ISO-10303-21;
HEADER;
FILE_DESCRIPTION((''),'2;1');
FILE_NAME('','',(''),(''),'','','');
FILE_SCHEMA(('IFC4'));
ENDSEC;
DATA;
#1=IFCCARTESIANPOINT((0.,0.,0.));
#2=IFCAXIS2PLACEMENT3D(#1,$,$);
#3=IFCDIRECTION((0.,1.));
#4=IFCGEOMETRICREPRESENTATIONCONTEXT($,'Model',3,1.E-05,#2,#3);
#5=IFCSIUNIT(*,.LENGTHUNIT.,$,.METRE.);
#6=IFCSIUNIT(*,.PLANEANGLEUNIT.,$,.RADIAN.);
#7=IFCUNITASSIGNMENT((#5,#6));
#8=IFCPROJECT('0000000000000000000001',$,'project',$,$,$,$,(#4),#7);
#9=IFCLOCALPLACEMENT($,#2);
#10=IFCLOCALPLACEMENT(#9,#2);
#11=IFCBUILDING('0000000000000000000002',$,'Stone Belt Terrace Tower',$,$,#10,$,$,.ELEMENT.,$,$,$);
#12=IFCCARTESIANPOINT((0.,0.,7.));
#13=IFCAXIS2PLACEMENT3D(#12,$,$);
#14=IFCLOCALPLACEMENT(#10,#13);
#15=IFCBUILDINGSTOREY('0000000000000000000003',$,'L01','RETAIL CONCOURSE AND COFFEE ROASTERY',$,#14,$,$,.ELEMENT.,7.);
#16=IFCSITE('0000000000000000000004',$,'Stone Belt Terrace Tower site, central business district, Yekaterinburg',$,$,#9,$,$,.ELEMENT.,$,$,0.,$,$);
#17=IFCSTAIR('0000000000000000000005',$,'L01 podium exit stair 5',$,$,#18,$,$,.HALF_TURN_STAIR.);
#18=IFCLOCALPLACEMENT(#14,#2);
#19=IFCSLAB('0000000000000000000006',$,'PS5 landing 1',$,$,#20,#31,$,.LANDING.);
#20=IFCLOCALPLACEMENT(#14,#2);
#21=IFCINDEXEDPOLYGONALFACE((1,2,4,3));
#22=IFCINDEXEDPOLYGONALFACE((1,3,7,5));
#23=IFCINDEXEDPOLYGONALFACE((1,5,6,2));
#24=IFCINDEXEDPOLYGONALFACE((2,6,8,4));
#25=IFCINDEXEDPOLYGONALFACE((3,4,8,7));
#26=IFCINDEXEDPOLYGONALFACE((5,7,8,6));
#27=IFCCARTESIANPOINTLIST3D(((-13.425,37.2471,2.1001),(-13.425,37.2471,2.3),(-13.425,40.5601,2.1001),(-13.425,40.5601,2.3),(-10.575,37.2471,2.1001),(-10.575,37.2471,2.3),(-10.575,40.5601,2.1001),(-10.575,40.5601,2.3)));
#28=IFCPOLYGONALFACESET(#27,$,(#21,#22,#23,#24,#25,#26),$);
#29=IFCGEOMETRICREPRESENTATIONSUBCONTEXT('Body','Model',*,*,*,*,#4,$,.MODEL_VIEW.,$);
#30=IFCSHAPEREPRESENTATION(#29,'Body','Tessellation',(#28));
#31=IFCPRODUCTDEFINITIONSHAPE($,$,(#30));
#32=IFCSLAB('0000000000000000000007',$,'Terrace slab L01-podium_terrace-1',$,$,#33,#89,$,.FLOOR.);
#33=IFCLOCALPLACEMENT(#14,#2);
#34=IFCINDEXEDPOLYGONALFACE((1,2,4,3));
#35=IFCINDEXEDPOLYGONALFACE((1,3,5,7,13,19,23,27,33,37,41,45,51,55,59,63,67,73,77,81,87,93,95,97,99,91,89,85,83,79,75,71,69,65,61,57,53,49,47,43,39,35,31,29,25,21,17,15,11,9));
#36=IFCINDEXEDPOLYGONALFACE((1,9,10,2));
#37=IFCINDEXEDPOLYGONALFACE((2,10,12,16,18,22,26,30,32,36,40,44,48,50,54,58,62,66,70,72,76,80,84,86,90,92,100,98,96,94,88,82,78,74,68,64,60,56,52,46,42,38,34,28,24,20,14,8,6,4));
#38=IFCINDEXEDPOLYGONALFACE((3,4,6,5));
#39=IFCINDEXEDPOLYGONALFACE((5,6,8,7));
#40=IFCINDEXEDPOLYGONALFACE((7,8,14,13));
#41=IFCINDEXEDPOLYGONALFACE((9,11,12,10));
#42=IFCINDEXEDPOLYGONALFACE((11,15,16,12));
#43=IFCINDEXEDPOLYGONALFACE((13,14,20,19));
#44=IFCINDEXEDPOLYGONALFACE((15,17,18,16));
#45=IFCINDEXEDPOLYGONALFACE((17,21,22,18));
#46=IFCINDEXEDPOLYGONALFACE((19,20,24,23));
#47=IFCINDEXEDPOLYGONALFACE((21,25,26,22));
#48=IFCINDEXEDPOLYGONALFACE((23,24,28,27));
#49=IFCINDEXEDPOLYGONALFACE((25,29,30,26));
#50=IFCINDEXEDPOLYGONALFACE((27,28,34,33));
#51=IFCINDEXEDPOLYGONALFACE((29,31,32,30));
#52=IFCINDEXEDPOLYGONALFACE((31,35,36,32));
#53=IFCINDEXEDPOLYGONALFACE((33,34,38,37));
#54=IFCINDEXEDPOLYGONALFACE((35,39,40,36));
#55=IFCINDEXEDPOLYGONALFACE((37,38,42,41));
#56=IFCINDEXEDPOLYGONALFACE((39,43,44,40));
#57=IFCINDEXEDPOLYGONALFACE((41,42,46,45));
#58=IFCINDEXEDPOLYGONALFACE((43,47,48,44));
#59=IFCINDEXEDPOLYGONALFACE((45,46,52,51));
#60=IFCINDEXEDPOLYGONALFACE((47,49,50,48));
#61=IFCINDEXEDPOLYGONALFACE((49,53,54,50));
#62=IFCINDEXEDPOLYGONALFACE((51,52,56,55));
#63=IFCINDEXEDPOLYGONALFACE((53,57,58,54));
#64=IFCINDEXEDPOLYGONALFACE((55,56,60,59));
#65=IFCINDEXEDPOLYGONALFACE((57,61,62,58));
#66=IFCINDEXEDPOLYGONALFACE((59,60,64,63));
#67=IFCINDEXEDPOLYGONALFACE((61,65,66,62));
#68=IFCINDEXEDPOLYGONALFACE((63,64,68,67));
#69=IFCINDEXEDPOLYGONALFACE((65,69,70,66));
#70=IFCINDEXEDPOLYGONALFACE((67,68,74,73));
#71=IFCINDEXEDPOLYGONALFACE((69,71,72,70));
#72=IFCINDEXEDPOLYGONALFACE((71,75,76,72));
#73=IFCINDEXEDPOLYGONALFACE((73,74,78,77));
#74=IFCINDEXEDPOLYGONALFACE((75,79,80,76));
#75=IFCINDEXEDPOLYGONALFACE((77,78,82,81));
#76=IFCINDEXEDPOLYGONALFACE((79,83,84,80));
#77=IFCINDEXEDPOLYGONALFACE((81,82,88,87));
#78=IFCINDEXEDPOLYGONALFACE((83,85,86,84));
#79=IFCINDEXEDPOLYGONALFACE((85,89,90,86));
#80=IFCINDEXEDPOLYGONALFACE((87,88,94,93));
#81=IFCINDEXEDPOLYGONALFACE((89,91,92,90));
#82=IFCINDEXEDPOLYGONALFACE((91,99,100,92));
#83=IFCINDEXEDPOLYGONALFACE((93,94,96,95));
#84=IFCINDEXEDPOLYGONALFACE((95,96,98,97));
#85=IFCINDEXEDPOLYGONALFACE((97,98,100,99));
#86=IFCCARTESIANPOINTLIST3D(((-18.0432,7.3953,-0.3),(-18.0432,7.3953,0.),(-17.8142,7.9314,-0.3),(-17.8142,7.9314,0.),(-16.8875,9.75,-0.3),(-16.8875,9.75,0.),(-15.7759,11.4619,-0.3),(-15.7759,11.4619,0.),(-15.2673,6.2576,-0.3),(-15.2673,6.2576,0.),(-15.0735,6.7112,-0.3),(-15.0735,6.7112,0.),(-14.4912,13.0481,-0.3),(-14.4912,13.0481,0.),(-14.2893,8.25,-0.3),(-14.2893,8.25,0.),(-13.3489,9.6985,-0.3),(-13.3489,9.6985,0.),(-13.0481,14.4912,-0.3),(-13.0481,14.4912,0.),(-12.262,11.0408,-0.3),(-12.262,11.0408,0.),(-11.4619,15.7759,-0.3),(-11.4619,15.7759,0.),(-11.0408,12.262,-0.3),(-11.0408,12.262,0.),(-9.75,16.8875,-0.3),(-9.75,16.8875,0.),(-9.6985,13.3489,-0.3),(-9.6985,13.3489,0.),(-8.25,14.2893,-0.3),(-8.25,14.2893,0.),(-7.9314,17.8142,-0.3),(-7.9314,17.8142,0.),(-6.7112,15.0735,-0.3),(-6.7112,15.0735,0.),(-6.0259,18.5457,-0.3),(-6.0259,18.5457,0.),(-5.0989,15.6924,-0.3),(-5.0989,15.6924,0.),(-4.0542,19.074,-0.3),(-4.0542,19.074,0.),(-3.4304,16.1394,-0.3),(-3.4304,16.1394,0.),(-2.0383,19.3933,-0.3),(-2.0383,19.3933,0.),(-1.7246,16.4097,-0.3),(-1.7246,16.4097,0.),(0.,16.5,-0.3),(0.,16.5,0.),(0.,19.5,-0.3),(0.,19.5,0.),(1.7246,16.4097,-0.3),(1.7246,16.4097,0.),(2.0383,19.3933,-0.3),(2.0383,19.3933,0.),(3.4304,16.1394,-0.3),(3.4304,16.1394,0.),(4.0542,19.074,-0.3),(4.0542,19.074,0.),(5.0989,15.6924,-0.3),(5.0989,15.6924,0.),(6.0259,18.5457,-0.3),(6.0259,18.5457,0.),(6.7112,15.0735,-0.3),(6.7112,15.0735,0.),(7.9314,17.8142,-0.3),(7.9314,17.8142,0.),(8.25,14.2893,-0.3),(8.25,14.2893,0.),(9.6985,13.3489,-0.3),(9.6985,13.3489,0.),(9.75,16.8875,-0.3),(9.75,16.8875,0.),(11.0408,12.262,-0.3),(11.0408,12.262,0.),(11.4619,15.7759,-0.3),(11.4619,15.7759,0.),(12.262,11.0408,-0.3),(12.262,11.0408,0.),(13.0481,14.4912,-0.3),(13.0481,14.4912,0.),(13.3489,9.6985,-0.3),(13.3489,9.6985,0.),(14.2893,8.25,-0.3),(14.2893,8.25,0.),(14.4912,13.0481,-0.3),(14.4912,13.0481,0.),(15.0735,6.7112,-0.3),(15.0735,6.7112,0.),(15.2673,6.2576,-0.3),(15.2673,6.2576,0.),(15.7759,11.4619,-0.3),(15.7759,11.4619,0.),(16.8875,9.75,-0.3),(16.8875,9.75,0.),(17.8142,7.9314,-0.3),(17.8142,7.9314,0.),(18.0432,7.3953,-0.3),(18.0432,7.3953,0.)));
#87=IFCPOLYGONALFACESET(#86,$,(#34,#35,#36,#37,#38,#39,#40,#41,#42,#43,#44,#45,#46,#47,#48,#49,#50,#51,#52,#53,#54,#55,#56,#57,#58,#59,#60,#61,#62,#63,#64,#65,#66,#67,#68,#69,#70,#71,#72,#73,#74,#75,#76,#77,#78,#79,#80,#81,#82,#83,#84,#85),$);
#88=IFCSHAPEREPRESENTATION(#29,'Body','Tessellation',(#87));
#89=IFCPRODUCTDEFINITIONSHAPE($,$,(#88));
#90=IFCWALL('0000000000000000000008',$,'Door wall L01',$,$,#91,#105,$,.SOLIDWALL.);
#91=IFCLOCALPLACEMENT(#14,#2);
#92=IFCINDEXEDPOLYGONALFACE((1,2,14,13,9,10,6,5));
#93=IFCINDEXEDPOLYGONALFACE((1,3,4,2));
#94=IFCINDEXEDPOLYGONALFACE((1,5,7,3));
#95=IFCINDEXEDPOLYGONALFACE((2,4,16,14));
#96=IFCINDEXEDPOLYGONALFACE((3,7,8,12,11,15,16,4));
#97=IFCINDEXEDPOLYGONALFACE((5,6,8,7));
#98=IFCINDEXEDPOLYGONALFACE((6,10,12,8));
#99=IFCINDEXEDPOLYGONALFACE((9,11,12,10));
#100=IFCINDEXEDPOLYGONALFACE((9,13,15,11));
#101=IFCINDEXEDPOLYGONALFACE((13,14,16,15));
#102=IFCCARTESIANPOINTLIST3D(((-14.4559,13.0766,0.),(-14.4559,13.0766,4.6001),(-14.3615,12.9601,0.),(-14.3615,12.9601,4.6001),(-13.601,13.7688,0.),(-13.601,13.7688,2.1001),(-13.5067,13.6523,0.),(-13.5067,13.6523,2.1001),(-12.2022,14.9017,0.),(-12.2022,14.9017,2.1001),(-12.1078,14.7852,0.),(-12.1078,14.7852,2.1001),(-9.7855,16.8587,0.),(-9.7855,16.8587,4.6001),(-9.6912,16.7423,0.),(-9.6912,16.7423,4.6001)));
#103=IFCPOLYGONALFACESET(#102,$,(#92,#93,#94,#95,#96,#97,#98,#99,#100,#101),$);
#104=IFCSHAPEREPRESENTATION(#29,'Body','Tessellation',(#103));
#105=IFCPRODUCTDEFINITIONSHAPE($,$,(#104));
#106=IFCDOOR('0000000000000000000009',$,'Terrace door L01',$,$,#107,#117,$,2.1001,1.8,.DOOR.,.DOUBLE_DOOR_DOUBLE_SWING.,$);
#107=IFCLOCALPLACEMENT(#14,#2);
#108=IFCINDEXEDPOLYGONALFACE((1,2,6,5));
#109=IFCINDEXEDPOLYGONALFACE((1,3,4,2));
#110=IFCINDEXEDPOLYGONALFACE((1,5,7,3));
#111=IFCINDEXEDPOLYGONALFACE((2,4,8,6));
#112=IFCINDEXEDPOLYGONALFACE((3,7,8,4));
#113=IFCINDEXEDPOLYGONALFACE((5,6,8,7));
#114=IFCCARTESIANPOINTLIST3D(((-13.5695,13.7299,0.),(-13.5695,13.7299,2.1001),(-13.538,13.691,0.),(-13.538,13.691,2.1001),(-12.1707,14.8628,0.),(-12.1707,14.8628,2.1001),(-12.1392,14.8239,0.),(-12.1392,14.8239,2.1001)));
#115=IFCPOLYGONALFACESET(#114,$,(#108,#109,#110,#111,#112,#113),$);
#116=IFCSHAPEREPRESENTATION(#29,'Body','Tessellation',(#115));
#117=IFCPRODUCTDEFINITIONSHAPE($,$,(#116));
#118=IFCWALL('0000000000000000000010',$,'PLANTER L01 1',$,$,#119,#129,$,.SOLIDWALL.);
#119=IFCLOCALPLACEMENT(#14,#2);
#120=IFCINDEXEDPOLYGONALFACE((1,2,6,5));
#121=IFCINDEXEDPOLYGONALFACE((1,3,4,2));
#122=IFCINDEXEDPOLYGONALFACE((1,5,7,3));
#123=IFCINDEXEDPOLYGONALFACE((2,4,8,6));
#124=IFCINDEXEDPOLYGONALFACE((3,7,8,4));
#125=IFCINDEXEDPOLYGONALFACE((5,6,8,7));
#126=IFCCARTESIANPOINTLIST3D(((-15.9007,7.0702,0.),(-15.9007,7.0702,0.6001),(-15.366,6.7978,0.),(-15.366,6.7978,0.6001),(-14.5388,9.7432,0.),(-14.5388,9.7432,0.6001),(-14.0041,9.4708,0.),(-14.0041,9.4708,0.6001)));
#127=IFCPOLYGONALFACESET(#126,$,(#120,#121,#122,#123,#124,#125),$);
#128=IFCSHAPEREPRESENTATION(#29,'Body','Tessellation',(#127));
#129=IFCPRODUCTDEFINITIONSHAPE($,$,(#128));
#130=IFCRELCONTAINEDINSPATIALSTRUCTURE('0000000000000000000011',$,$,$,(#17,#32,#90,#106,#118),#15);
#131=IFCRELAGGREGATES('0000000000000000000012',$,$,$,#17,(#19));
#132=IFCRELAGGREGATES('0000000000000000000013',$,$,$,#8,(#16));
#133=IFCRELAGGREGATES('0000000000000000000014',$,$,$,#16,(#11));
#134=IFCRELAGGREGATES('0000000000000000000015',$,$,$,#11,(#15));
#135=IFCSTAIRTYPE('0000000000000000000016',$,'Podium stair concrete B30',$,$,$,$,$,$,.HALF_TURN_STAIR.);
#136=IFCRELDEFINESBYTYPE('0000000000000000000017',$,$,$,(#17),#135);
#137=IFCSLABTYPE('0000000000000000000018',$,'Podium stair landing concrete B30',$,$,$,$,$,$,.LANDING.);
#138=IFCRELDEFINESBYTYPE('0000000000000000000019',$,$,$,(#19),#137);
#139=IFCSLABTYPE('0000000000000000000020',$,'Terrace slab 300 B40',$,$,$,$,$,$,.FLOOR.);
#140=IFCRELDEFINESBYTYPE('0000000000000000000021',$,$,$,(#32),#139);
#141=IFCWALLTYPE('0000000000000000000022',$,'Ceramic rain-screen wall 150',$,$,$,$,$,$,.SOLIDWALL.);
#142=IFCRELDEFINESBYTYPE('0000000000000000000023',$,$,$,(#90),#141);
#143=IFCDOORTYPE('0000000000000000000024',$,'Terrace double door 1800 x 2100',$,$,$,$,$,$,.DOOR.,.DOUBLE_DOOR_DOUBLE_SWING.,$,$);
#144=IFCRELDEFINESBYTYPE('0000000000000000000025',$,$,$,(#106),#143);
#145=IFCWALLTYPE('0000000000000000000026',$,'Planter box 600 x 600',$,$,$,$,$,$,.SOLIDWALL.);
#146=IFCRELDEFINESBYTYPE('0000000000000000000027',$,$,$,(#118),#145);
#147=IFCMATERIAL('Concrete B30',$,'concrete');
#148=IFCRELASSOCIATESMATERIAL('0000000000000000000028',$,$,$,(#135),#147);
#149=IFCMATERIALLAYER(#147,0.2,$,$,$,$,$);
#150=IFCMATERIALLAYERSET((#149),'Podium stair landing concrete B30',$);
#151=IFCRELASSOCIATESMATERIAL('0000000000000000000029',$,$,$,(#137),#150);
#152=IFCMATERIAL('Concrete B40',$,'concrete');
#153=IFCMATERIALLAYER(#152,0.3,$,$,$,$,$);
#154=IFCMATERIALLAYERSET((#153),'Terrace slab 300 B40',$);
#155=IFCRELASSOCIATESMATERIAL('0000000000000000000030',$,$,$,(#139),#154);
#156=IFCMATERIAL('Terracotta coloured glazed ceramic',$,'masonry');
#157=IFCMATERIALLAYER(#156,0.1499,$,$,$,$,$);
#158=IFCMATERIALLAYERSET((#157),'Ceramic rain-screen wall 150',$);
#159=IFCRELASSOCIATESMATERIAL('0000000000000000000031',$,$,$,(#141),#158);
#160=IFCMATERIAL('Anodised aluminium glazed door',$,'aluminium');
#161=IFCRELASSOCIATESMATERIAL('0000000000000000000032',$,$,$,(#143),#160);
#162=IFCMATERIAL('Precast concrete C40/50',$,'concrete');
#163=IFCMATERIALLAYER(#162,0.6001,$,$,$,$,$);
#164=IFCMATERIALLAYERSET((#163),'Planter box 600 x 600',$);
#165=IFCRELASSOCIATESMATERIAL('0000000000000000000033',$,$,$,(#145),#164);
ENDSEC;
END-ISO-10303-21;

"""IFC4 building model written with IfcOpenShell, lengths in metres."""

from ifc_helpers import new_model, si_unit, direction, frame, frame_2d, origin, origin_2d, place, context, subcontext, project, spatial, polyline, rectangle, outline, extrude, material, layer, layer_set, type_object, element, fill, aggregate, save


model = new_model("IFC4")

# Units and contexts
model_context = context("Model", 3, precision=1e-05, world=origin(), true_north=direction((0.0, 1.0)))
body_context = subcontext(model_context, "Body", "Model", "MODEL_VIEW")
ifc_project = project(units=[si_unit("LENGTHUNIT", "METRE"), si_unit("PLANEANGLEUNIT", "RADIAN")], contexts=[model_context])

# Site, building, storey
site_placement = place(None, origin())
site = spatial("IfcSite", under=ifc_project, at=site_placement, Name="Stone Belt Terrace Tower site, central business district, Yekaterinburg", CompositionType="ELEMENT", RefElevation=0.0)
building_placement = place(site_placement, origin())
building = spatial("IfcBuilding", under=site, at=building_placement, Name="Stone Belt Terrace Tower", CompositionType="ELEMENT")
storey_placement = place(building_placement, frame((0.0, 0.0, 7.0)))
storey = spatial("IfcBuildingStorey", under=building, at=storey_placement, Name="L01", Description="RETAIL CONCOURSE AND COFFEE ROASTERY", CompositionType="ELEMENT", Elevation=7.0)

# Shared definitions
ifc_material_1 = material(Name="Concrete B40", Category="concrete")

# Stair, slab
ifc_material_2 = material(Name="Concrete B30", Category="concrete")
stair_type = type_object("IfcStairType", Name="Podium stair concrete B30", PredefinedType="HALF_TURN_STAIR", material=ifc_material_2)
ifc_layer_1 = layer(ifc_material_2, 0.2)
ifc_layer_set_1 = layer_set([ifc_layer_1], Name="Podium stair landing concrete B30")
slab_type_1 = type_object("IfcSlabType", Name="Podium stair landing concrete B30", PredefinedType="LANDING", material=ifc_layer_set_1)
stair_1_placement = place(storey_placement, origin())
stair_1 = element("IfcStair", 1, at=stair_1_placement, inside=storey, type_object=stair_type, Name="L01 podium exit stair 5", PredefinedType="HALF_TURN_STAIR")
slab_1_placement = place(storey_placement, frame((0.0, 0.0, 2.1001)))
slab_1 = element("IfcSlab", 2, at=slab_1_placement, type_object=slab_type_1, Name="PS5 landing 1", PredefinedType="LANDING", context=body_context, shape_type="SweptSolid", body=[
    extrude(outline(polyline([(-10.575, 37.2471), (-10.575, 40.5601), (-13.425, 40.5601), (-13.425, 37.2471), (-10.575, 37.2471)])), origin(), (0.0, 0.0, 1.0), 0.2),
])
aggregate(stair_1, [slab_1])

# Slab
ifc_layer_2 = layer(ifc_material_1, 0.3)
ifc_layer_set_2 = layer_set([ifc_layer_2], Name="Terrace slab 300 B40")
slab_type_2 = type_object("IfcSlabType", Name="Terrace slab 300 B40", PredefinedType="FLOOR", material=ifc_layer_set_2)
slab_2_placement = place(storey_placement, frame((0.0, 0.0, -0.3)))
element("IfcSlab", 3, at=slab_2_placement, inside=storey, type_object=slab_type_2, Name="Terrace slab L01-podium_terrace-1", PredefinedType="FLOOR", context=body_context, shape_type="SweptSolid", body=[
    extrude(outline(polyline([(15.2673, 6.2576), (18.0432, 7.3953), (17.8142, 7.9314), (16.8875, 9.75), (15.7759, 11.4619), (14.4912, 13.0481), (13.0481, 14.4912), (11.4619, 15.7759), (9.75, 16.8875), (7.9314, 17.8142), (6.0259, 18.5457), (4.0542, 19.074), (2.0383, 19.3933), (0.0, 19.5), (-2.0383, 19.3933), (-4.0542, 19.074), (-6.0259, 18.5457), (-7.9314, 17.8142), (-9.75, 16.8875), (-11.4619, 15.7759), (-13.0481, 14.4912), (-14.4912, 13.0481), (-15.7759, 11.4619), (-16.8875, 9.75), (-17.8142, 7.9314), (-18.0432, 7.3953), (-15.2673, 6.2576), (-15.0735, 6.7112), (-14.2893, 8.25), (-13.3489, 9.6985), (-12.262, 11.0408), (-11.0408, 12.262), (-9.6985, 13.3489), (-8.25, 14.2893), (-6.7112, 15.0735), (-5.0989, 15.6924), (-3.4304, 16.1394), (-1.7246, 16.4097), (0.0, 16.5), (1.7246, 16.4097), (3.4304, 16.1394), (5.0989, 15.6924), (6.7112, 15.0735), (8.25, 14.2893), (9.6985, 13.3489), (11.0408, 12.262), (12.262, 11.0408), (13.3489, 9.6985), (14.2893, 8.25), (15.0735, 6.7112), (15.2673, 6.2576)])), origin(), (0.0, 0.0, 1.0), 0.3),
])

# Wall, opening, door
ifc_material_3 = material(Name="Terracotta coloured glazed ceramic", Category="masonry")
ifc_layer_3 = layer(ifc_material_3, 0.1499)
ifc_layer_set_3 = layer_set([ifc_layer_3], Name="Ceramic rain-screen wall 150")
wall_type_1 = type_object("IfcWallType", Name="Ceramic rain-screen wall 150", PredefinedType="SOLIDWALL", material=ifc_layer_set_3)
wall_1_placement = place(storey_placement, frame((-14.4087, 13.0183, 0.0), z_axis=(0.0, 0.0, 1.0), x_axis=(0.777129, 0.629341, 0.0)))
wall_1 = element("IfcWall", 4, at=wall_1_placement, inside=storey, type_object=wall_type_1, Name="Door wall L01", PredefinedType="SOLIDWALL", context=body_context, shape_type="SweptSolid", body=[
    extrude(rectangle(XDim=6.0098, YDim=0.1499, at=frame_2d((3.0049, 0.0))), origin(), (0.0, 0.0, 1.0), 4.6001),
])
opening_placement = place(wall_1_placement, frame((1.1001, 0.0, 0.0)))
opening = element("IfcOpeningElement", 5, at=opening_placement, cuts=wall_1, PredefinedType="OPENING", context=body_context, shape_type="SweptSolid", body=[
    extrude(rectangle(XDim=1.8, YDim=2.1001, at=frame_2d((0.8999, 1.05))), frame((0.0, 0.085, 0.0), z_axis=(0.0, -1.0, 0.0), x_axis=(1.0, 0.0, 0.0)), (0.0, 0.0, 1.0), 0.1699),
])
ifc_material_4 = material(Name="Anodised aluminium glazed door", Category="aluminium")
door_type = type_object("IfcDoorType", Name="Terrace double door 1800 x 2100", OperationType="DOUBLE_DOOR_DOUBLE_SWING", PredefinedType="DOOR", material=ifc_material_4)
door_placement = place(opening_placement, origin())
door = element("IfcDoor", 6, at=door_placement, inside=storey, type_object=door_type, Name="Terrace door L01", OperationType="DOUBLE_DOOR_DOUBLE_SWING", OverallHeight=2.1001, OverallWidth=1.8, PredefinedType="DOOR", context=body_context, shape_type="SweptSolid", body=[
    extrude(rectangle(XDim=1.8, YDim=2.1001, at=frame_2d((0.8999, 1.05))), frame((0.0, 0.0249, 0.0), z_axis=(0.0, -1.0, 0.0), x_axis=(1.0, 0.0, 0.0)), (0.0, 0.0, 1.0), 0.05),
])
fill(opening, door)

# Wall
ifc_material_5 = material(Name="Precast concrete C40/50", Category="concrete")
ifc_layer_4 = layer(ifc_material_5, 0.6001)
ifc_layer_set_4 = layer_set([ifc_layer_4], Name="Planter box 600 x 600")
wall_type_2 = type_object("IfcWallType", Name="Planter box 600 x 600", PredefinedType="SOLIDWALL", material=ifc_layer_set_4)
wall_2_placement = place(storey_placement, frame((-14.9524, 8.2705, 0.0), z_axis=(0.0, 0.0, 1.0), x_axis=(0.45399, 0.891007, 0.0)))
element("IfcWall", 7, at=wall_2_placement, inside=storey, type_object=wall_type_2, Name="PLANTER L01 1", PredefinedType="SOLIDWALL", context=body_context, shape_type="SweptSolid", body=[
    extrude(rectangle(XDim=3.0, YDim=0.6001, at=origin_2d()), origin(), (0.0, 0.0, 1.0), 0.6001),
])

save(model, "model.ifc")
